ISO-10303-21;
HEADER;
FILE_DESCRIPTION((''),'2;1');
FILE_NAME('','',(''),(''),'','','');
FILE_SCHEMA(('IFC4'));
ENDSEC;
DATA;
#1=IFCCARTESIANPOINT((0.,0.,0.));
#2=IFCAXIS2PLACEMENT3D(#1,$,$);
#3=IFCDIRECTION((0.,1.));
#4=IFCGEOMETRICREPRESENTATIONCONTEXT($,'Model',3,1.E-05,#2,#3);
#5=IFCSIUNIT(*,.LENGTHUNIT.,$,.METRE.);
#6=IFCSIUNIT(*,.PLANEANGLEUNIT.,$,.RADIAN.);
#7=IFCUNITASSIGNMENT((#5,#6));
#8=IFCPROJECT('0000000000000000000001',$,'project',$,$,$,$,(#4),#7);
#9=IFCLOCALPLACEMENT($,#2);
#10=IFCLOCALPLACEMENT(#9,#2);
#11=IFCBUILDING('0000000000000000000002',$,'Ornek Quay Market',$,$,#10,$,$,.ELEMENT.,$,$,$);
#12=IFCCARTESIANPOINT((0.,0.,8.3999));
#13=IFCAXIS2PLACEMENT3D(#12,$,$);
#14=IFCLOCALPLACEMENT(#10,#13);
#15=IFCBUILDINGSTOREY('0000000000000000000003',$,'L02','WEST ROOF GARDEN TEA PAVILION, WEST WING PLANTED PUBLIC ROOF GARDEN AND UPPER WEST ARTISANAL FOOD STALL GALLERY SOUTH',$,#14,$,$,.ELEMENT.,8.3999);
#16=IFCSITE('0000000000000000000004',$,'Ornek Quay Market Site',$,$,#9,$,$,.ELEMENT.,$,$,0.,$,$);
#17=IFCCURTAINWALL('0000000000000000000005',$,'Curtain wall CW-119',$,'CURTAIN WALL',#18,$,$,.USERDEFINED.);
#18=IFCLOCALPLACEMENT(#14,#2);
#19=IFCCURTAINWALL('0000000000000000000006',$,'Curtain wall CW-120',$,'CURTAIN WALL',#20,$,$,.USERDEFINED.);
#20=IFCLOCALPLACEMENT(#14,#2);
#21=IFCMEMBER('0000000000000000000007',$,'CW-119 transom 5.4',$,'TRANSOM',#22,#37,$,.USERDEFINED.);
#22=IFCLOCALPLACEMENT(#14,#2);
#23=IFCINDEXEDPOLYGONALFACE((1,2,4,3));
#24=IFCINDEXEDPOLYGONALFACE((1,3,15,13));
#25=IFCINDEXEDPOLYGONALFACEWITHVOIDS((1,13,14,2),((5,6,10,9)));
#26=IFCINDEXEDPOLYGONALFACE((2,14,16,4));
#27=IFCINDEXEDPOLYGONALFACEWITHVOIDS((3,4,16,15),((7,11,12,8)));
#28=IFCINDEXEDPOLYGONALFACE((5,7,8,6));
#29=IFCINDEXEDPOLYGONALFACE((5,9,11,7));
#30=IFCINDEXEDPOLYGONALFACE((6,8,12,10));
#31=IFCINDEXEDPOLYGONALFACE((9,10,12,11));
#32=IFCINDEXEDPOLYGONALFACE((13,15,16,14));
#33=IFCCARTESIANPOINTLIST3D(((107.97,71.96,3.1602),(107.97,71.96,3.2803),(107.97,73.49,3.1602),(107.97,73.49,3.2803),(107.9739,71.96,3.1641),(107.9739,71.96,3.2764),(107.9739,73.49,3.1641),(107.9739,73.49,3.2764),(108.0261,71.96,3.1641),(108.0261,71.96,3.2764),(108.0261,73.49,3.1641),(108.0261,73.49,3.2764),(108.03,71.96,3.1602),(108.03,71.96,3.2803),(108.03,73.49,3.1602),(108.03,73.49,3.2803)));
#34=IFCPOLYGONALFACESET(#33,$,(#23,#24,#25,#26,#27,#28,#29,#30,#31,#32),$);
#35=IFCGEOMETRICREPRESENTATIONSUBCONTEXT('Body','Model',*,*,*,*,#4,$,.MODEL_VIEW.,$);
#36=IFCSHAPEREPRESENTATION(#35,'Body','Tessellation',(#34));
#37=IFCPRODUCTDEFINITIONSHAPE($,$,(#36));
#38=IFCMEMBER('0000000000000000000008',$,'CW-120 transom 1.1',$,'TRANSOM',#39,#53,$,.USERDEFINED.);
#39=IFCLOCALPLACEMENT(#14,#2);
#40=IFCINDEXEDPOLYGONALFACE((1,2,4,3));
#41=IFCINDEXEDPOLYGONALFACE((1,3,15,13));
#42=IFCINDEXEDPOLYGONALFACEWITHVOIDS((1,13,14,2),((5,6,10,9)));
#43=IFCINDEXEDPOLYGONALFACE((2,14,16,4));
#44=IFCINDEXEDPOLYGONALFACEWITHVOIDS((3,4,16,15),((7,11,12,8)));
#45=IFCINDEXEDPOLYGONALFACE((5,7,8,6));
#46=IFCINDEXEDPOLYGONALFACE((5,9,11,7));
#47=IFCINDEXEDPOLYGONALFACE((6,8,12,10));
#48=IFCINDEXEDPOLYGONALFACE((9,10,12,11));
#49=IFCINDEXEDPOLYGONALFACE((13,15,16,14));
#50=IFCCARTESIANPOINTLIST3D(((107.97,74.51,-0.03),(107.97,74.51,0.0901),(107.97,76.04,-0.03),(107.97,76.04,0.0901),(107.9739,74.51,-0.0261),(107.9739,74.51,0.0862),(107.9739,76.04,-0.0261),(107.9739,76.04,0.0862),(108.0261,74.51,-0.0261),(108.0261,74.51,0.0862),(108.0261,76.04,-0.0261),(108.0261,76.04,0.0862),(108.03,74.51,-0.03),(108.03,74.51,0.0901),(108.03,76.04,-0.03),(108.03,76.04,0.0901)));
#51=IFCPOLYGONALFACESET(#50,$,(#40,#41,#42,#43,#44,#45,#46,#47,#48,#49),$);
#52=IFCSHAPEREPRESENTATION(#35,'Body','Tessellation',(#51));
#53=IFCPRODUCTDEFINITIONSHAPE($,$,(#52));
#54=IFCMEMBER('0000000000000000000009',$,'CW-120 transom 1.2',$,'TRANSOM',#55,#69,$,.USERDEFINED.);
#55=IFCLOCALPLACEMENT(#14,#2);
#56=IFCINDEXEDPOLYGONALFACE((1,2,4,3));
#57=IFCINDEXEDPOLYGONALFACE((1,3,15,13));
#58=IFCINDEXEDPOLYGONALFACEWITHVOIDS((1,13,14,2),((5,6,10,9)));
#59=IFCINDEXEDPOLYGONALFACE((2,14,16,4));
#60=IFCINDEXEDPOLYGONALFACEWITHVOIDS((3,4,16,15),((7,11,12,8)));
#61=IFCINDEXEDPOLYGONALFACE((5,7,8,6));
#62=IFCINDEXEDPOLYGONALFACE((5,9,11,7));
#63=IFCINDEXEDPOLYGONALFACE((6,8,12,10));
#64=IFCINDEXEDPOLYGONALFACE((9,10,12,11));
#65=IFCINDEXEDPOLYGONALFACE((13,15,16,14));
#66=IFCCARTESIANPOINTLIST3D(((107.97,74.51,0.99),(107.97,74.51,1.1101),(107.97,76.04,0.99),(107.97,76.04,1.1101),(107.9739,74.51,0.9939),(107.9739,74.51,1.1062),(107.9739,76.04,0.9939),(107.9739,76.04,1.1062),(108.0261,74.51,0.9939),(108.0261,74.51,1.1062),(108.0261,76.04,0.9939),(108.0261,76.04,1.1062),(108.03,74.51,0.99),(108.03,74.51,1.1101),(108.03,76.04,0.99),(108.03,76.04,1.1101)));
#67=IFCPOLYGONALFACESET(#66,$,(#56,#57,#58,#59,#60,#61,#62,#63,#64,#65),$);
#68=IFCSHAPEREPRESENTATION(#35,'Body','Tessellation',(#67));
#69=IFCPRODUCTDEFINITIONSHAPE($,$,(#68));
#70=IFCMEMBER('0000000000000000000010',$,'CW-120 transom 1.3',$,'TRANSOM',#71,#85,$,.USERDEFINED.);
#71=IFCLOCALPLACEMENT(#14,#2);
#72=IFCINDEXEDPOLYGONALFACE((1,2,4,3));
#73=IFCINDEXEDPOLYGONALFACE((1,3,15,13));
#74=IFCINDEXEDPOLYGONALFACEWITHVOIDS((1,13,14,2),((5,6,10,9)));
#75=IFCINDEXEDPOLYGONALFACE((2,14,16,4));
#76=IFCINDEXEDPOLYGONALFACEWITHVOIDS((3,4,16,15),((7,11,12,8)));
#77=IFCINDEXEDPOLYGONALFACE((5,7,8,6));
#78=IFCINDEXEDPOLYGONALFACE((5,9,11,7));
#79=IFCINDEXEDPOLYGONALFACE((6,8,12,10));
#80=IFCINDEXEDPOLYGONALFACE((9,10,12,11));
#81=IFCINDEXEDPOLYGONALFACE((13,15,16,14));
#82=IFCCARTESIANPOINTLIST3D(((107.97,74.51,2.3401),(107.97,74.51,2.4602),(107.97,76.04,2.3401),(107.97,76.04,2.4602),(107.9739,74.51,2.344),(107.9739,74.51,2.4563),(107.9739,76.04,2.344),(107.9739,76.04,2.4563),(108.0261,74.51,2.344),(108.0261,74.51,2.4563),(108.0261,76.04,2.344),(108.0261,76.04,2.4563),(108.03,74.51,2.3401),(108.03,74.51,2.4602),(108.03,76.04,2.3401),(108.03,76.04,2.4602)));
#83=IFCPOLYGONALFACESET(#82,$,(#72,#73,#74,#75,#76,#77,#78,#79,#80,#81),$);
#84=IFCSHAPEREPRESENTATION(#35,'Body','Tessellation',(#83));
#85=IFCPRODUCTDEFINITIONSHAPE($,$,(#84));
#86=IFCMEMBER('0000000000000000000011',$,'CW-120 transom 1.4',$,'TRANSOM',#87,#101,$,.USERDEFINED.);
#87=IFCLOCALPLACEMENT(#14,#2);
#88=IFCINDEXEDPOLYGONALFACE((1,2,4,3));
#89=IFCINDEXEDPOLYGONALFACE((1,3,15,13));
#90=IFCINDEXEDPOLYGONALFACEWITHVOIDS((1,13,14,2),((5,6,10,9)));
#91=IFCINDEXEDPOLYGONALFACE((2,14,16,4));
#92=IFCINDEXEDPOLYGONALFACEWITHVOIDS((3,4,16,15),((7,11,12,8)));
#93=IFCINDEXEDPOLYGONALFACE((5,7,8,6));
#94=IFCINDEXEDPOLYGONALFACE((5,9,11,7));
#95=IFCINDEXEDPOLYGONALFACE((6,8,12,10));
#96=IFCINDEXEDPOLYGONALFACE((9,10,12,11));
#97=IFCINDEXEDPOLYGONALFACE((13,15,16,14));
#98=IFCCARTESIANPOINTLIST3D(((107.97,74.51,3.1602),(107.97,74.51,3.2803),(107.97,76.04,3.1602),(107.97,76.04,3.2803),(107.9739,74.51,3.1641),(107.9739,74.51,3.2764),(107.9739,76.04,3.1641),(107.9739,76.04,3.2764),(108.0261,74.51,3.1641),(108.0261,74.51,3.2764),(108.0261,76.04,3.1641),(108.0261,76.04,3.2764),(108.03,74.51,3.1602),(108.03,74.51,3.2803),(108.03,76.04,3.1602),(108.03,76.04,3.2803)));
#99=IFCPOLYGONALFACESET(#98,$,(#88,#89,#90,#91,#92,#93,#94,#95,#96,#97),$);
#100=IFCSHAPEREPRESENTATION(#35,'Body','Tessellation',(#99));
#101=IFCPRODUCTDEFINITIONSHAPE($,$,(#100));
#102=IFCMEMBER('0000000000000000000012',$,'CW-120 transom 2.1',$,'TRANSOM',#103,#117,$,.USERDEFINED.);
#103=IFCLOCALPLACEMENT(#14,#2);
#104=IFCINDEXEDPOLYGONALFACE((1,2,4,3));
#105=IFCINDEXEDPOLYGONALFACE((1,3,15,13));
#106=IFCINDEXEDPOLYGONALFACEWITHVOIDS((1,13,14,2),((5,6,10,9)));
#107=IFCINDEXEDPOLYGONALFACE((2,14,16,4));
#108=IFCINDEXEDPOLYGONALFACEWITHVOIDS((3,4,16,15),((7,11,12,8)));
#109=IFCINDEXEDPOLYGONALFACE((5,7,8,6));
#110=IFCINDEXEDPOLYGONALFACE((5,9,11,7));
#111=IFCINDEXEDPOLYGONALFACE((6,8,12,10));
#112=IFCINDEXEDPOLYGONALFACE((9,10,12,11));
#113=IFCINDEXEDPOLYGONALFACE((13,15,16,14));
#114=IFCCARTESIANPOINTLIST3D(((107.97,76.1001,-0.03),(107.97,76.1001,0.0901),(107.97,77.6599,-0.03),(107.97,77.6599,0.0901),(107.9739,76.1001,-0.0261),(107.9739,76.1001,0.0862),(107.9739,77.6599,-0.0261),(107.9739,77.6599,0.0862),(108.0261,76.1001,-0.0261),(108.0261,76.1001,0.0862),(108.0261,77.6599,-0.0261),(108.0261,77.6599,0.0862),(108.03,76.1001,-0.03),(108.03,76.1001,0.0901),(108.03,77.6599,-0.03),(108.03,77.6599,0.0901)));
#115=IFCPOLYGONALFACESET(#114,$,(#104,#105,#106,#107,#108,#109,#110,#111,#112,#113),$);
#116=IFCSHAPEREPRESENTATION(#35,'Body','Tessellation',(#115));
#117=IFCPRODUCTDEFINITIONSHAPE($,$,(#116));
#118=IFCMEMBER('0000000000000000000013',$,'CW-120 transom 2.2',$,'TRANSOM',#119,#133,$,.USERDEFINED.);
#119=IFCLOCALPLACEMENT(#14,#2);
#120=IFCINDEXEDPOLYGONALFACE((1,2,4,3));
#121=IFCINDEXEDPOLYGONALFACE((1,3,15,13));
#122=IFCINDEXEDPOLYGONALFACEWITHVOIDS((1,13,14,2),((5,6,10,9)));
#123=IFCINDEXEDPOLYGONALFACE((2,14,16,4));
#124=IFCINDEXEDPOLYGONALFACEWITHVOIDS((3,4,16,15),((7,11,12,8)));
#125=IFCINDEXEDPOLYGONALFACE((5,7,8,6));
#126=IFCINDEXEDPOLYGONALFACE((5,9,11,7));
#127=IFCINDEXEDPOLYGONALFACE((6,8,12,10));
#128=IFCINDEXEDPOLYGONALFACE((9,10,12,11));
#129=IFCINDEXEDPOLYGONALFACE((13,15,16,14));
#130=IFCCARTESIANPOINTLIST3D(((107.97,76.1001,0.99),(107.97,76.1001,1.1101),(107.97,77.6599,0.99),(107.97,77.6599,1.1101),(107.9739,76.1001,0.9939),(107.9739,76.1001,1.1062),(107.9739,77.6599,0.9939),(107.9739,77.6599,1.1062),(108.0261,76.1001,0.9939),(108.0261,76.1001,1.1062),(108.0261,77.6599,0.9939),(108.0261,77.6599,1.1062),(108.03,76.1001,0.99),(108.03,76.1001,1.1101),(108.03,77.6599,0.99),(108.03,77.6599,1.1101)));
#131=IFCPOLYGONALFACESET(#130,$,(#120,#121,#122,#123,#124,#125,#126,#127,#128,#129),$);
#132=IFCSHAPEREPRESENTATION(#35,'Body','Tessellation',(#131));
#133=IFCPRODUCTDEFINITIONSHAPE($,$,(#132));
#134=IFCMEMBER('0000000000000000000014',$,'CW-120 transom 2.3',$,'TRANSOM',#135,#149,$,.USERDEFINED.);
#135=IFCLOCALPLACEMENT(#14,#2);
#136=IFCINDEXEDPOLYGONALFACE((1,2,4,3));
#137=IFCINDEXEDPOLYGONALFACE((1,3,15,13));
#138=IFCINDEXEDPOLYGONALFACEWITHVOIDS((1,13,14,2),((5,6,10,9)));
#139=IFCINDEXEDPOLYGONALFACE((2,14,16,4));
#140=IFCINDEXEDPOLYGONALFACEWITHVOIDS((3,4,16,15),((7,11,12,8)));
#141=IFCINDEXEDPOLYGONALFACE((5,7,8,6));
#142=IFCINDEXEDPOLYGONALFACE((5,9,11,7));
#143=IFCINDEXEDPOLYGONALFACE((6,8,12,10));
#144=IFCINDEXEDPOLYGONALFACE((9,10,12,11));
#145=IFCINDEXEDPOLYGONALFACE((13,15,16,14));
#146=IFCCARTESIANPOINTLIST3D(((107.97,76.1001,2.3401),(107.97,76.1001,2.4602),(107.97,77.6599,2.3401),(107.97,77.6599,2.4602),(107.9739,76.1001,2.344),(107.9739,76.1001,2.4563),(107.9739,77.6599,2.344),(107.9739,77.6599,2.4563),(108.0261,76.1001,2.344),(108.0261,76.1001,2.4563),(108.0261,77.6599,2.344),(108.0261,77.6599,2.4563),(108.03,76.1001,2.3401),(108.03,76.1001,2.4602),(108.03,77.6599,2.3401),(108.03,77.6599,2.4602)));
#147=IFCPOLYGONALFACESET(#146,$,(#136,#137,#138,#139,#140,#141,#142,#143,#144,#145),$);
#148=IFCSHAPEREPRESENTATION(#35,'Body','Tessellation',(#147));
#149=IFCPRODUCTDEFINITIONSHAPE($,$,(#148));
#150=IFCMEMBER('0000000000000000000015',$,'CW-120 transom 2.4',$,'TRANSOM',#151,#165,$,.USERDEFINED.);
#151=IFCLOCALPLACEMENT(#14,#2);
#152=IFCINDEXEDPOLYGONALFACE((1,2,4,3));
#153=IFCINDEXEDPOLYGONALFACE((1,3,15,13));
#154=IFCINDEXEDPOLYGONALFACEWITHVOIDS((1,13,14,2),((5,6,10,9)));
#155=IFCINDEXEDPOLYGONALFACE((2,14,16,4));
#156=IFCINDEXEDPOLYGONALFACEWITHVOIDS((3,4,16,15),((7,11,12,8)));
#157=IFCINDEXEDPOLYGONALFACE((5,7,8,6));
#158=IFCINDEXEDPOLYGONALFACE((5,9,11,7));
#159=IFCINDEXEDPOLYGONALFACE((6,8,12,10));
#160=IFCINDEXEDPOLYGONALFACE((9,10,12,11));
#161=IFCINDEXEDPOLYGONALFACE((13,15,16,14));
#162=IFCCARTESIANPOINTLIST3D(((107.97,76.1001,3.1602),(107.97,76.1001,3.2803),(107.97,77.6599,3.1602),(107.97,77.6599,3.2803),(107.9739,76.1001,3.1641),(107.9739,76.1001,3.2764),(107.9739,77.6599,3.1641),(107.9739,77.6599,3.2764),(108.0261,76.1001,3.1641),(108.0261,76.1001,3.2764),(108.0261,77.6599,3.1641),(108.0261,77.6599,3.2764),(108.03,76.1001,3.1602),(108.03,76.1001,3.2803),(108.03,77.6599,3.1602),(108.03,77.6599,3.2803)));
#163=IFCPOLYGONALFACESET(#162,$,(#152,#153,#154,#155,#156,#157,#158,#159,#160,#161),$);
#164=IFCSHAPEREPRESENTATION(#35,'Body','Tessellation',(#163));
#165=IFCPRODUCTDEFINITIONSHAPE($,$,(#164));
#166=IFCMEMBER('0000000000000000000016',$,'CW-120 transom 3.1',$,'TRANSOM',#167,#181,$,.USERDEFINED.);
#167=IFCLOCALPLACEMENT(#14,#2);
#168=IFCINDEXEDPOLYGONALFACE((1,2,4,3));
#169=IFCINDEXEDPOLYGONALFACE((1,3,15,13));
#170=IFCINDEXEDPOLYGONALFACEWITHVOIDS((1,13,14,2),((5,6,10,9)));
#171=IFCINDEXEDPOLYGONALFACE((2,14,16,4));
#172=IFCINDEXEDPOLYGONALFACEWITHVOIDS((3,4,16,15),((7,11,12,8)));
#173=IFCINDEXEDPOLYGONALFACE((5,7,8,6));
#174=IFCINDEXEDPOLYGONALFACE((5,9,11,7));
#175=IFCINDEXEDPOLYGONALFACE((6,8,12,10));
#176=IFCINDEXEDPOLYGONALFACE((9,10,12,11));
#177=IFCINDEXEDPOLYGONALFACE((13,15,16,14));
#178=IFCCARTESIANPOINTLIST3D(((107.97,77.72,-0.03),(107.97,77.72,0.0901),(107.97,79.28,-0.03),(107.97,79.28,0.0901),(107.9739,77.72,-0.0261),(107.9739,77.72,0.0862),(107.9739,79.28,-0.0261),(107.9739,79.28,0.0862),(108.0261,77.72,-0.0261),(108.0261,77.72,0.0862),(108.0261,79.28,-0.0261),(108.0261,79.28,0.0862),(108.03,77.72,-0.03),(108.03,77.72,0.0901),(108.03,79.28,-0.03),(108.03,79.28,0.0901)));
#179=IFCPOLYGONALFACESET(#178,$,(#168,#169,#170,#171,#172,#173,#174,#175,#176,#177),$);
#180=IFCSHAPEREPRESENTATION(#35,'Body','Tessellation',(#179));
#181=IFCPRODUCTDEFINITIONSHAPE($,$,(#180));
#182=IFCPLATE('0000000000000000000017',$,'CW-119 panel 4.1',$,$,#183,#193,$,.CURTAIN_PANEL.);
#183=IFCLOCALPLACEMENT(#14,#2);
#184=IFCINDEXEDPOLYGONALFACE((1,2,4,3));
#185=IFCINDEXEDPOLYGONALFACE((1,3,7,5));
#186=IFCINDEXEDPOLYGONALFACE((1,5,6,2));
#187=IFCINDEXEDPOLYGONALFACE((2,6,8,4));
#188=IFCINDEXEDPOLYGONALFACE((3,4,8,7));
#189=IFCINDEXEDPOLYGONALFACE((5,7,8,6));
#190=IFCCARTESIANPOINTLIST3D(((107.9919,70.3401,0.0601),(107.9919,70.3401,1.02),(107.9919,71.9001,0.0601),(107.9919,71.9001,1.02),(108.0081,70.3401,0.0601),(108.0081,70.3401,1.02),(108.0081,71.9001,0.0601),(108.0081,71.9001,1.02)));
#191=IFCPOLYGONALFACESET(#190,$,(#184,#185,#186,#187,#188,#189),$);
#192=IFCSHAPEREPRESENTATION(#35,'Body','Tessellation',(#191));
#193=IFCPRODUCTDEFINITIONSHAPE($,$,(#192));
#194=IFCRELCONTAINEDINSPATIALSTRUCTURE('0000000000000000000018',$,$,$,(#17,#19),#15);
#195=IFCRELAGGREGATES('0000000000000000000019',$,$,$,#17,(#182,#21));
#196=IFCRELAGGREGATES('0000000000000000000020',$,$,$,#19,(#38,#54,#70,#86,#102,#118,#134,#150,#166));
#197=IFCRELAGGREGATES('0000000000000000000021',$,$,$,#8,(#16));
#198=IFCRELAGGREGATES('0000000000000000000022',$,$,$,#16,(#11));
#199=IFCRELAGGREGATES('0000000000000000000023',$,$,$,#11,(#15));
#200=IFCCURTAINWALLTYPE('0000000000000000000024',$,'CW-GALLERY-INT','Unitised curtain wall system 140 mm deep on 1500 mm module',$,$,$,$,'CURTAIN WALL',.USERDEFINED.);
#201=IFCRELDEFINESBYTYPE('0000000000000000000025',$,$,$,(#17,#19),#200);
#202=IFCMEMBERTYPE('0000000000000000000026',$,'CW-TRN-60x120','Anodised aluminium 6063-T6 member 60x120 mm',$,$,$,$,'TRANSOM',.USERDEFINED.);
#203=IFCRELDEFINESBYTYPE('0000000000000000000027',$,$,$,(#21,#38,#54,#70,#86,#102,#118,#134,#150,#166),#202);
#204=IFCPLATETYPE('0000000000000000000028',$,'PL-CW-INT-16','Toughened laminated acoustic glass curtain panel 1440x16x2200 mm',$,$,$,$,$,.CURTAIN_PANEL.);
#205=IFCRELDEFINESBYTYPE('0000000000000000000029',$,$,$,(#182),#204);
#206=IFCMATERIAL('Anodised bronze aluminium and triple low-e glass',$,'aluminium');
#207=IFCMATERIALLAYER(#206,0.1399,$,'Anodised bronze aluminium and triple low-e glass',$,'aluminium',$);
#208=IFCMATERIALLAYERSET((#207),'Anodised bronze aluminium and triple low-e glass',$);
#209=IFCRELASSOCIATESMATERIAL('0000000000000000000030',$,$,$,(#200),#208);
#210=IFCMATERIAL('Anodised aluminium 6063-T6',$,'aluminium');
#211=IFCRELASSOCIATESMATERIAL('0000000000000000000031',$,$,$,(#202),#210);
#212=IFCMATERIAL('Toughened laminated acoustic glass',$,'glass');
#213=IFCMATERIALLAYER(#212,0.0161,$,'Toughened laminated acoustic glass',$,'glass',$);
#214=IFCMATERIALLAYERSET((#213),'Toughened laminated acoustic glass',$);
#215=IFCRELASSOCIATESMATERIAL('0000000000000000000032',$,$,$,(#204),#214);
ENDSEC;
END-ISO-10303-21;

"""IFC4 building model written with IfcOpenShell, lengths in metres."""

from ifc_helpers import new_model, si_unit, direction, frame, origin, origin_2d, place, context, subcontext, project, spatial, rectangle, hollow_rectangle, extrude, material, layer, layer_set, material_profile, profile_set, type_object, element, aggregate, save


model = new_model("IFC4")

# Units and contexts
model_context = context("Model", 3, precision=1e-05, world=origin(), true_north=direction((0.0, 1.0)))
body_context = subcontext(model_context, "Body", "Model", "MODEL_VIEW")
ifc_project = project(units=[si_unit("LENGTHUNIT", "METRE"), si_unit("PLANEANGLEUNIT", "RADIAN")], contexts=[model_context])

# Site, building, storey
site_placement = place(None, origin())
site = spatial("IfcSite", under=ifc_project, at=site_placement, Name="Ornek Quay Market Site", CompositionType="ELEMENT", RefElevation=0.0)
building_placement = place(site_placement, origin())
building = spatial("IfcBuilding", under=site, at=building_placement, Name="Ornek Quay Market", CompositionType="ELEMENT")
storey_placement = place(building_placement, frame((0.0, 0.0, 8.3999)))
storey = spatial("IfcBuildingStorey", under=building, at=storey_placement, Name="L02", Description="WEST ROOF GARDEN TEA PAVILION, WEST WING PLANTED PUBLIC ROOF GARDEN AND UPPER WEST ARTISANAL FOOD STALL GALLERY SOUTH", CompositionType="ELEMENT", Elevation=8.3999)

# Curtain walls
ifc_material_1 = material(Name="Anodised bronze aluminium and triple low-e glass", Category="aluminium")
ifc_layer_1 = layer(ifc_material_1, 0.1399, Name="Anodised bronze aluminium and triple low-e glass", Category="aluminium")
ifc_layer_set_1 = layer_set([ifc_layer_1], Name="Anodised bronze aluminium and triple low-e glass")
curtain_wall_type = type_object("IfcCurtainWallType", Name="CW-GALLERY-INT", Description="Unitised curtain wall system 140 mm deep on 1500 mm module", ElementType="CURTAIN WALL", PredefinedType="USERDEFINED", material=ifc_layer_set_1)
curtain_wall_1_placement = place(storey_placement, origin())
curtain_wall_1 = element("IfcCurtainWall", 1, at=curtain_wall_1_placement, inside=storey, type_object=curtain_wall_type, Name="Curtain wall CW-119", ObjectType="CURTAIN WALL", PredefinedType="USERDEFINED")
ifc_material_2 = material(Name="Anodised aluminium 6063-T6", Category="aluminium")
curtain_wall_2_placement = place(storey_placement, origin())
curtain_wall_2 = element("IfcCurtainWall", 2, at=curtain_wall_2_placement, inside=storey, type_object=curtain_wall_type, Name="Curtain wall CW-120", ObjectType="CURTAIN WALL", PredefinedType="USERDEFINED")

# Members
ifc_material_profile_1 = material_profile(ifc_material_2, hollow_rectangle(XDim=0.0601, YDim=0.1201, WallThickness=0.0039, at=origin_2d()), Name="CW-TRN-60x120", Category="aluminium")
ifc_profile_set_1 = profile_set([ifc_material_profile_1], Name="Anodised aluminium 6063-T6")
member_type_1 = type_object("IfcMemberType", Name="CW-TRN-60x120", Description="Anodised aluminium 6063-T6 member 60x120 mm", ElementType="TRANSOM", PredefinedType="USERDEFINED", material=ifc_profile_set_1)
member_1_placement = place(storey_placement, frame((108.0, 71.96, 3.2202), z_axis=(0.0, 1.0, 0.0), x_axis=(-1.0, 0.0, 0.0)))
member_1 = element("IfcMember", 3, at=member_1_placement, type_object=member_type_1, Name="CW-119 transom 5.4", ObjectType="TRANSOM", PredefinedType="USERDEFINED", context=body_context, shape_type="SweptSolid", body=[
    extrude(hollow_rectangle(XDim=0.0601, YDim=0.1201, WallThickness=0.0039, at=origin_2d()), origin(), (0.0, 0.0, 1.0), 1.53),
])
member_2_placement = place(storey_placement, frame((108.0, 74.51, 0.03), z_axis=(0.0, 1.0, 0.0), x_axis=(-1.0, 0.0, 0.0)))
member_2 = element("IfcMember", 4, at=member_2_placement, type_object=member_type_1, Name="CW-120 transom 1.1", ObjectType="TRANSOM", PredefinedType="USERDEFINED", context=body_context, shape_type="SweptSolid", body=[
    extrude(hollow_rectangle(XDim=0.0601, YDim=0.1201, WallThickness=0.0039, at=origin_2d()), origin(), (0.0, 0.0, 1.0), 1.53),
])
member_3_placement = place(storey_placement, frame((108.0, 74.51, 1.05), z_axis=(0.0, 1.0, 0.0), x_axis=(-1.0, 0.0, 0.0)))
member_3 = element("IfcMember", 5, at=member_3_placement, type_object=member_type_1, Name="CW-120 transom 1.2", ObjectType="TRANSOM", PredefinedType="USERDEFINED", context=body_context, shape_type="SweptSolid", body=[
    extrude(hollow_rectangle(XDim=0.0601, YDim=0.1201, WallThickness=0.0039, at=origin_2d()), origin(), (0.0, 0.0, 1.0), 1.53),
])
member_4_placement = place(storey_placement, frame((108.0, 74.51, 2.4001), z_axis=(0.0, 1.0, 0.0), x_axis=(-1.0, 0.0, 0.0)))
member_4 = element("IfcMember", 6, at=member_4_placement, type_object=member_type_1, Name="CW-120 transom 1.3", ObjectType="TRANSOM", PredefinedType="USERDEFINED", context=body_context, shape_type="SweptSolid", body=[
    extrude(hollow_rectangle(XDim=0.0601, YDim=0.1201, WallThickness=0.0039, at=origin_2d()), origin(), (0.0, 0.0, 1.0), 1.53),
])
member_5_placement = place(storey_placement, frame((108.0, 74.51, 3.2202), z_axis=(0.0, 1.0, 0.0), x_axis=(-1.0, 0.0, 0.0)))
member_5 = element("IfcMember", 7, at=member_5_placement, type_object=member_type_1, Name="CW-120 transom 1.4", ObjectType="TRANSOM", PredefinedType="USERDEFINED", context=body_context, shape_type="SweptSolid", body=[
    extrude(hollow_rectangle(XDim=0.0601, YDim=0.1201, WallThickness=0.0039, at=origin_2d()), origin(), (0.0, 0.0, 1.0), 1.53),
])
member_6_placement = place(storey_placement, frame((108.0, 76.1001, 0.03), z_axis=(0.0, 1.0, 0.0), x_axis=(-1.0, 0.0, 0.0)))
member_6 = element("IfcMember", 8, at=member_6_placement, type_object=member_type_1, Name="CW-120 transom 2.1", ObjectType="TRANSOM", PredefinedType="USERDEFINED", context=body_context, shape_type="SweptSolid", body=[
    extrude(hollow_rectangle(XDim=0.0601, YDim=0.1201, WallThickness=0.0039, at=origin_2d()), origin(), (0.0, 0.0, 1.0), 1.5598),
])
member_7_placement = place(storey_placement, frame((108.0, 76.1001, 1.05), z_axis=(0.0, 1.0, 0.0), x_axis=(-1.0, 0.0, 0.0)))
member_7 = element("IfcMember", 9, at=member_7_placement, type_object=member_type_1, Name="CW-120 transom 2.2", ObjectType="TRANSOM", PredefinedType="USERDEFINED", context=body_context, shape_type="SweptSolid", body=[
    extrude(hollow_rectangle(XDim=0.0601, YDim=0.1201, WallThickness=0.0039, at=origin_2d()), origin(), (0.0, 0.0, 1.0), 1.5598),
])
member_8_placement = place(storey_placement, frame((108.0, 76.1001, 2.4001), z_axis=(0.0, 1.0, 0.0), x_axis=(-1.0, 0.0, 0.0)))
member_8 = element("IfcMember", 10, at=member_8_placement, type_object=member_type_1, Name="CW-120 transom 2.3", ObjectType="TRANSOM", PredefinedType="USERDEFINED", context=body_context, shape_type="SweptSolid", body=[
    extrude(hollow_rectangle(XDim=0.0601, YDim=0.1201, WallThickness=0.0039, at=origin_2d()), origin(), (0.0, 0.0, 1.0), 1.5598),
])
member_9_placement = place(storey_placement, frame((108.0, 76.1001, 3.2202), z_axis=(0.0, 1.0, 0.0), x_axis=(-1.0, 0.0, 0.0)))
member_9 = element("IfcMember", 11, at=member_9_placement, type_object=member_type_1, Name="CW-120 transom 2.4", ObjectType="TRANSOM", PredefinedType="USERDEFINED", context=body_context, shape_type="SweptSolid", body=[
    extrude(hollow_rectangle(XDim=0.0601, YDim=0.1201, WallThickness=0.0039, at=origin_2d()), origin(), (0.0, 0.0, 1.0), 1.5598),
])
member_10_placement = place(storey_placement, frame((108.0, 77.72, 0.03), z_axis=(0.0, 1.0, 0.0), x_axis=(-1.0, 0.0, 0.0)))
member_10 = element("IfcMember", 12, at=member_10_placement, type_object=member_type_1, Name="CW-120 transom 3.1", ObjectType="TRANSOM", PredefinedType="USERDEFINED", context=body_context, shape_type="SweptSolid", body=[
    extrude(hollow_rectangle(XDim=0.0601, YDim=0.1201, WallThickness=0.0039, at=origin_2d()), origin(), (0.0, 0.0, 1.0), 1.5601),
])

# Plate
ifc_material_3 = material(Name="Toughened laminated acoustic glass", Category="glass")
ifc_layer_2 = layer(ifc_material_3, 0.0161, Name="Toughened laminated acoustic glass", Category="glass")
ifc_layer_set_2 = layer_set([ifc_layer_2], Name="Toughened laminated acoustic glass")
plate_type = type_object("IfcPlateType", Name="PL-CW-INT-16", Description="Toughened laminated acoustic glass curtain panel 1440x16x2200 mm", PredefinedType="CURTAIN_PANEL", material=ifc_layer_set_2)
plate_1_placement = place(storey_placement, frame((108.0, 71.1201, 0.0601), z_axis=(0.0, 0.0, 1.0), x_axis=(0.0, 1.0, 0.0)))
plate_1 = element("IfcPlate", 13, at=plate_1_placement, type_object=plate_type, Name="CW-119 panel 4.1", PredefinedType="CURTAIN_PANEL", context=body_context, shape_type="SweptSolid", body=[
    extrude(rectangle(XDim=1.5601, YDim=0.0161, at=origin_2d()), origin(), (0.0, 0.0, 1.0), 0.96),
])
aggregate(curtain_wall_1, [plate_1, member_1])
aggregate(curtain_wall_2, [member_2, member_3, member_4, member_5, member_6, member_7, member_8, member_9, member_10])

save(model, "model.ifc")
